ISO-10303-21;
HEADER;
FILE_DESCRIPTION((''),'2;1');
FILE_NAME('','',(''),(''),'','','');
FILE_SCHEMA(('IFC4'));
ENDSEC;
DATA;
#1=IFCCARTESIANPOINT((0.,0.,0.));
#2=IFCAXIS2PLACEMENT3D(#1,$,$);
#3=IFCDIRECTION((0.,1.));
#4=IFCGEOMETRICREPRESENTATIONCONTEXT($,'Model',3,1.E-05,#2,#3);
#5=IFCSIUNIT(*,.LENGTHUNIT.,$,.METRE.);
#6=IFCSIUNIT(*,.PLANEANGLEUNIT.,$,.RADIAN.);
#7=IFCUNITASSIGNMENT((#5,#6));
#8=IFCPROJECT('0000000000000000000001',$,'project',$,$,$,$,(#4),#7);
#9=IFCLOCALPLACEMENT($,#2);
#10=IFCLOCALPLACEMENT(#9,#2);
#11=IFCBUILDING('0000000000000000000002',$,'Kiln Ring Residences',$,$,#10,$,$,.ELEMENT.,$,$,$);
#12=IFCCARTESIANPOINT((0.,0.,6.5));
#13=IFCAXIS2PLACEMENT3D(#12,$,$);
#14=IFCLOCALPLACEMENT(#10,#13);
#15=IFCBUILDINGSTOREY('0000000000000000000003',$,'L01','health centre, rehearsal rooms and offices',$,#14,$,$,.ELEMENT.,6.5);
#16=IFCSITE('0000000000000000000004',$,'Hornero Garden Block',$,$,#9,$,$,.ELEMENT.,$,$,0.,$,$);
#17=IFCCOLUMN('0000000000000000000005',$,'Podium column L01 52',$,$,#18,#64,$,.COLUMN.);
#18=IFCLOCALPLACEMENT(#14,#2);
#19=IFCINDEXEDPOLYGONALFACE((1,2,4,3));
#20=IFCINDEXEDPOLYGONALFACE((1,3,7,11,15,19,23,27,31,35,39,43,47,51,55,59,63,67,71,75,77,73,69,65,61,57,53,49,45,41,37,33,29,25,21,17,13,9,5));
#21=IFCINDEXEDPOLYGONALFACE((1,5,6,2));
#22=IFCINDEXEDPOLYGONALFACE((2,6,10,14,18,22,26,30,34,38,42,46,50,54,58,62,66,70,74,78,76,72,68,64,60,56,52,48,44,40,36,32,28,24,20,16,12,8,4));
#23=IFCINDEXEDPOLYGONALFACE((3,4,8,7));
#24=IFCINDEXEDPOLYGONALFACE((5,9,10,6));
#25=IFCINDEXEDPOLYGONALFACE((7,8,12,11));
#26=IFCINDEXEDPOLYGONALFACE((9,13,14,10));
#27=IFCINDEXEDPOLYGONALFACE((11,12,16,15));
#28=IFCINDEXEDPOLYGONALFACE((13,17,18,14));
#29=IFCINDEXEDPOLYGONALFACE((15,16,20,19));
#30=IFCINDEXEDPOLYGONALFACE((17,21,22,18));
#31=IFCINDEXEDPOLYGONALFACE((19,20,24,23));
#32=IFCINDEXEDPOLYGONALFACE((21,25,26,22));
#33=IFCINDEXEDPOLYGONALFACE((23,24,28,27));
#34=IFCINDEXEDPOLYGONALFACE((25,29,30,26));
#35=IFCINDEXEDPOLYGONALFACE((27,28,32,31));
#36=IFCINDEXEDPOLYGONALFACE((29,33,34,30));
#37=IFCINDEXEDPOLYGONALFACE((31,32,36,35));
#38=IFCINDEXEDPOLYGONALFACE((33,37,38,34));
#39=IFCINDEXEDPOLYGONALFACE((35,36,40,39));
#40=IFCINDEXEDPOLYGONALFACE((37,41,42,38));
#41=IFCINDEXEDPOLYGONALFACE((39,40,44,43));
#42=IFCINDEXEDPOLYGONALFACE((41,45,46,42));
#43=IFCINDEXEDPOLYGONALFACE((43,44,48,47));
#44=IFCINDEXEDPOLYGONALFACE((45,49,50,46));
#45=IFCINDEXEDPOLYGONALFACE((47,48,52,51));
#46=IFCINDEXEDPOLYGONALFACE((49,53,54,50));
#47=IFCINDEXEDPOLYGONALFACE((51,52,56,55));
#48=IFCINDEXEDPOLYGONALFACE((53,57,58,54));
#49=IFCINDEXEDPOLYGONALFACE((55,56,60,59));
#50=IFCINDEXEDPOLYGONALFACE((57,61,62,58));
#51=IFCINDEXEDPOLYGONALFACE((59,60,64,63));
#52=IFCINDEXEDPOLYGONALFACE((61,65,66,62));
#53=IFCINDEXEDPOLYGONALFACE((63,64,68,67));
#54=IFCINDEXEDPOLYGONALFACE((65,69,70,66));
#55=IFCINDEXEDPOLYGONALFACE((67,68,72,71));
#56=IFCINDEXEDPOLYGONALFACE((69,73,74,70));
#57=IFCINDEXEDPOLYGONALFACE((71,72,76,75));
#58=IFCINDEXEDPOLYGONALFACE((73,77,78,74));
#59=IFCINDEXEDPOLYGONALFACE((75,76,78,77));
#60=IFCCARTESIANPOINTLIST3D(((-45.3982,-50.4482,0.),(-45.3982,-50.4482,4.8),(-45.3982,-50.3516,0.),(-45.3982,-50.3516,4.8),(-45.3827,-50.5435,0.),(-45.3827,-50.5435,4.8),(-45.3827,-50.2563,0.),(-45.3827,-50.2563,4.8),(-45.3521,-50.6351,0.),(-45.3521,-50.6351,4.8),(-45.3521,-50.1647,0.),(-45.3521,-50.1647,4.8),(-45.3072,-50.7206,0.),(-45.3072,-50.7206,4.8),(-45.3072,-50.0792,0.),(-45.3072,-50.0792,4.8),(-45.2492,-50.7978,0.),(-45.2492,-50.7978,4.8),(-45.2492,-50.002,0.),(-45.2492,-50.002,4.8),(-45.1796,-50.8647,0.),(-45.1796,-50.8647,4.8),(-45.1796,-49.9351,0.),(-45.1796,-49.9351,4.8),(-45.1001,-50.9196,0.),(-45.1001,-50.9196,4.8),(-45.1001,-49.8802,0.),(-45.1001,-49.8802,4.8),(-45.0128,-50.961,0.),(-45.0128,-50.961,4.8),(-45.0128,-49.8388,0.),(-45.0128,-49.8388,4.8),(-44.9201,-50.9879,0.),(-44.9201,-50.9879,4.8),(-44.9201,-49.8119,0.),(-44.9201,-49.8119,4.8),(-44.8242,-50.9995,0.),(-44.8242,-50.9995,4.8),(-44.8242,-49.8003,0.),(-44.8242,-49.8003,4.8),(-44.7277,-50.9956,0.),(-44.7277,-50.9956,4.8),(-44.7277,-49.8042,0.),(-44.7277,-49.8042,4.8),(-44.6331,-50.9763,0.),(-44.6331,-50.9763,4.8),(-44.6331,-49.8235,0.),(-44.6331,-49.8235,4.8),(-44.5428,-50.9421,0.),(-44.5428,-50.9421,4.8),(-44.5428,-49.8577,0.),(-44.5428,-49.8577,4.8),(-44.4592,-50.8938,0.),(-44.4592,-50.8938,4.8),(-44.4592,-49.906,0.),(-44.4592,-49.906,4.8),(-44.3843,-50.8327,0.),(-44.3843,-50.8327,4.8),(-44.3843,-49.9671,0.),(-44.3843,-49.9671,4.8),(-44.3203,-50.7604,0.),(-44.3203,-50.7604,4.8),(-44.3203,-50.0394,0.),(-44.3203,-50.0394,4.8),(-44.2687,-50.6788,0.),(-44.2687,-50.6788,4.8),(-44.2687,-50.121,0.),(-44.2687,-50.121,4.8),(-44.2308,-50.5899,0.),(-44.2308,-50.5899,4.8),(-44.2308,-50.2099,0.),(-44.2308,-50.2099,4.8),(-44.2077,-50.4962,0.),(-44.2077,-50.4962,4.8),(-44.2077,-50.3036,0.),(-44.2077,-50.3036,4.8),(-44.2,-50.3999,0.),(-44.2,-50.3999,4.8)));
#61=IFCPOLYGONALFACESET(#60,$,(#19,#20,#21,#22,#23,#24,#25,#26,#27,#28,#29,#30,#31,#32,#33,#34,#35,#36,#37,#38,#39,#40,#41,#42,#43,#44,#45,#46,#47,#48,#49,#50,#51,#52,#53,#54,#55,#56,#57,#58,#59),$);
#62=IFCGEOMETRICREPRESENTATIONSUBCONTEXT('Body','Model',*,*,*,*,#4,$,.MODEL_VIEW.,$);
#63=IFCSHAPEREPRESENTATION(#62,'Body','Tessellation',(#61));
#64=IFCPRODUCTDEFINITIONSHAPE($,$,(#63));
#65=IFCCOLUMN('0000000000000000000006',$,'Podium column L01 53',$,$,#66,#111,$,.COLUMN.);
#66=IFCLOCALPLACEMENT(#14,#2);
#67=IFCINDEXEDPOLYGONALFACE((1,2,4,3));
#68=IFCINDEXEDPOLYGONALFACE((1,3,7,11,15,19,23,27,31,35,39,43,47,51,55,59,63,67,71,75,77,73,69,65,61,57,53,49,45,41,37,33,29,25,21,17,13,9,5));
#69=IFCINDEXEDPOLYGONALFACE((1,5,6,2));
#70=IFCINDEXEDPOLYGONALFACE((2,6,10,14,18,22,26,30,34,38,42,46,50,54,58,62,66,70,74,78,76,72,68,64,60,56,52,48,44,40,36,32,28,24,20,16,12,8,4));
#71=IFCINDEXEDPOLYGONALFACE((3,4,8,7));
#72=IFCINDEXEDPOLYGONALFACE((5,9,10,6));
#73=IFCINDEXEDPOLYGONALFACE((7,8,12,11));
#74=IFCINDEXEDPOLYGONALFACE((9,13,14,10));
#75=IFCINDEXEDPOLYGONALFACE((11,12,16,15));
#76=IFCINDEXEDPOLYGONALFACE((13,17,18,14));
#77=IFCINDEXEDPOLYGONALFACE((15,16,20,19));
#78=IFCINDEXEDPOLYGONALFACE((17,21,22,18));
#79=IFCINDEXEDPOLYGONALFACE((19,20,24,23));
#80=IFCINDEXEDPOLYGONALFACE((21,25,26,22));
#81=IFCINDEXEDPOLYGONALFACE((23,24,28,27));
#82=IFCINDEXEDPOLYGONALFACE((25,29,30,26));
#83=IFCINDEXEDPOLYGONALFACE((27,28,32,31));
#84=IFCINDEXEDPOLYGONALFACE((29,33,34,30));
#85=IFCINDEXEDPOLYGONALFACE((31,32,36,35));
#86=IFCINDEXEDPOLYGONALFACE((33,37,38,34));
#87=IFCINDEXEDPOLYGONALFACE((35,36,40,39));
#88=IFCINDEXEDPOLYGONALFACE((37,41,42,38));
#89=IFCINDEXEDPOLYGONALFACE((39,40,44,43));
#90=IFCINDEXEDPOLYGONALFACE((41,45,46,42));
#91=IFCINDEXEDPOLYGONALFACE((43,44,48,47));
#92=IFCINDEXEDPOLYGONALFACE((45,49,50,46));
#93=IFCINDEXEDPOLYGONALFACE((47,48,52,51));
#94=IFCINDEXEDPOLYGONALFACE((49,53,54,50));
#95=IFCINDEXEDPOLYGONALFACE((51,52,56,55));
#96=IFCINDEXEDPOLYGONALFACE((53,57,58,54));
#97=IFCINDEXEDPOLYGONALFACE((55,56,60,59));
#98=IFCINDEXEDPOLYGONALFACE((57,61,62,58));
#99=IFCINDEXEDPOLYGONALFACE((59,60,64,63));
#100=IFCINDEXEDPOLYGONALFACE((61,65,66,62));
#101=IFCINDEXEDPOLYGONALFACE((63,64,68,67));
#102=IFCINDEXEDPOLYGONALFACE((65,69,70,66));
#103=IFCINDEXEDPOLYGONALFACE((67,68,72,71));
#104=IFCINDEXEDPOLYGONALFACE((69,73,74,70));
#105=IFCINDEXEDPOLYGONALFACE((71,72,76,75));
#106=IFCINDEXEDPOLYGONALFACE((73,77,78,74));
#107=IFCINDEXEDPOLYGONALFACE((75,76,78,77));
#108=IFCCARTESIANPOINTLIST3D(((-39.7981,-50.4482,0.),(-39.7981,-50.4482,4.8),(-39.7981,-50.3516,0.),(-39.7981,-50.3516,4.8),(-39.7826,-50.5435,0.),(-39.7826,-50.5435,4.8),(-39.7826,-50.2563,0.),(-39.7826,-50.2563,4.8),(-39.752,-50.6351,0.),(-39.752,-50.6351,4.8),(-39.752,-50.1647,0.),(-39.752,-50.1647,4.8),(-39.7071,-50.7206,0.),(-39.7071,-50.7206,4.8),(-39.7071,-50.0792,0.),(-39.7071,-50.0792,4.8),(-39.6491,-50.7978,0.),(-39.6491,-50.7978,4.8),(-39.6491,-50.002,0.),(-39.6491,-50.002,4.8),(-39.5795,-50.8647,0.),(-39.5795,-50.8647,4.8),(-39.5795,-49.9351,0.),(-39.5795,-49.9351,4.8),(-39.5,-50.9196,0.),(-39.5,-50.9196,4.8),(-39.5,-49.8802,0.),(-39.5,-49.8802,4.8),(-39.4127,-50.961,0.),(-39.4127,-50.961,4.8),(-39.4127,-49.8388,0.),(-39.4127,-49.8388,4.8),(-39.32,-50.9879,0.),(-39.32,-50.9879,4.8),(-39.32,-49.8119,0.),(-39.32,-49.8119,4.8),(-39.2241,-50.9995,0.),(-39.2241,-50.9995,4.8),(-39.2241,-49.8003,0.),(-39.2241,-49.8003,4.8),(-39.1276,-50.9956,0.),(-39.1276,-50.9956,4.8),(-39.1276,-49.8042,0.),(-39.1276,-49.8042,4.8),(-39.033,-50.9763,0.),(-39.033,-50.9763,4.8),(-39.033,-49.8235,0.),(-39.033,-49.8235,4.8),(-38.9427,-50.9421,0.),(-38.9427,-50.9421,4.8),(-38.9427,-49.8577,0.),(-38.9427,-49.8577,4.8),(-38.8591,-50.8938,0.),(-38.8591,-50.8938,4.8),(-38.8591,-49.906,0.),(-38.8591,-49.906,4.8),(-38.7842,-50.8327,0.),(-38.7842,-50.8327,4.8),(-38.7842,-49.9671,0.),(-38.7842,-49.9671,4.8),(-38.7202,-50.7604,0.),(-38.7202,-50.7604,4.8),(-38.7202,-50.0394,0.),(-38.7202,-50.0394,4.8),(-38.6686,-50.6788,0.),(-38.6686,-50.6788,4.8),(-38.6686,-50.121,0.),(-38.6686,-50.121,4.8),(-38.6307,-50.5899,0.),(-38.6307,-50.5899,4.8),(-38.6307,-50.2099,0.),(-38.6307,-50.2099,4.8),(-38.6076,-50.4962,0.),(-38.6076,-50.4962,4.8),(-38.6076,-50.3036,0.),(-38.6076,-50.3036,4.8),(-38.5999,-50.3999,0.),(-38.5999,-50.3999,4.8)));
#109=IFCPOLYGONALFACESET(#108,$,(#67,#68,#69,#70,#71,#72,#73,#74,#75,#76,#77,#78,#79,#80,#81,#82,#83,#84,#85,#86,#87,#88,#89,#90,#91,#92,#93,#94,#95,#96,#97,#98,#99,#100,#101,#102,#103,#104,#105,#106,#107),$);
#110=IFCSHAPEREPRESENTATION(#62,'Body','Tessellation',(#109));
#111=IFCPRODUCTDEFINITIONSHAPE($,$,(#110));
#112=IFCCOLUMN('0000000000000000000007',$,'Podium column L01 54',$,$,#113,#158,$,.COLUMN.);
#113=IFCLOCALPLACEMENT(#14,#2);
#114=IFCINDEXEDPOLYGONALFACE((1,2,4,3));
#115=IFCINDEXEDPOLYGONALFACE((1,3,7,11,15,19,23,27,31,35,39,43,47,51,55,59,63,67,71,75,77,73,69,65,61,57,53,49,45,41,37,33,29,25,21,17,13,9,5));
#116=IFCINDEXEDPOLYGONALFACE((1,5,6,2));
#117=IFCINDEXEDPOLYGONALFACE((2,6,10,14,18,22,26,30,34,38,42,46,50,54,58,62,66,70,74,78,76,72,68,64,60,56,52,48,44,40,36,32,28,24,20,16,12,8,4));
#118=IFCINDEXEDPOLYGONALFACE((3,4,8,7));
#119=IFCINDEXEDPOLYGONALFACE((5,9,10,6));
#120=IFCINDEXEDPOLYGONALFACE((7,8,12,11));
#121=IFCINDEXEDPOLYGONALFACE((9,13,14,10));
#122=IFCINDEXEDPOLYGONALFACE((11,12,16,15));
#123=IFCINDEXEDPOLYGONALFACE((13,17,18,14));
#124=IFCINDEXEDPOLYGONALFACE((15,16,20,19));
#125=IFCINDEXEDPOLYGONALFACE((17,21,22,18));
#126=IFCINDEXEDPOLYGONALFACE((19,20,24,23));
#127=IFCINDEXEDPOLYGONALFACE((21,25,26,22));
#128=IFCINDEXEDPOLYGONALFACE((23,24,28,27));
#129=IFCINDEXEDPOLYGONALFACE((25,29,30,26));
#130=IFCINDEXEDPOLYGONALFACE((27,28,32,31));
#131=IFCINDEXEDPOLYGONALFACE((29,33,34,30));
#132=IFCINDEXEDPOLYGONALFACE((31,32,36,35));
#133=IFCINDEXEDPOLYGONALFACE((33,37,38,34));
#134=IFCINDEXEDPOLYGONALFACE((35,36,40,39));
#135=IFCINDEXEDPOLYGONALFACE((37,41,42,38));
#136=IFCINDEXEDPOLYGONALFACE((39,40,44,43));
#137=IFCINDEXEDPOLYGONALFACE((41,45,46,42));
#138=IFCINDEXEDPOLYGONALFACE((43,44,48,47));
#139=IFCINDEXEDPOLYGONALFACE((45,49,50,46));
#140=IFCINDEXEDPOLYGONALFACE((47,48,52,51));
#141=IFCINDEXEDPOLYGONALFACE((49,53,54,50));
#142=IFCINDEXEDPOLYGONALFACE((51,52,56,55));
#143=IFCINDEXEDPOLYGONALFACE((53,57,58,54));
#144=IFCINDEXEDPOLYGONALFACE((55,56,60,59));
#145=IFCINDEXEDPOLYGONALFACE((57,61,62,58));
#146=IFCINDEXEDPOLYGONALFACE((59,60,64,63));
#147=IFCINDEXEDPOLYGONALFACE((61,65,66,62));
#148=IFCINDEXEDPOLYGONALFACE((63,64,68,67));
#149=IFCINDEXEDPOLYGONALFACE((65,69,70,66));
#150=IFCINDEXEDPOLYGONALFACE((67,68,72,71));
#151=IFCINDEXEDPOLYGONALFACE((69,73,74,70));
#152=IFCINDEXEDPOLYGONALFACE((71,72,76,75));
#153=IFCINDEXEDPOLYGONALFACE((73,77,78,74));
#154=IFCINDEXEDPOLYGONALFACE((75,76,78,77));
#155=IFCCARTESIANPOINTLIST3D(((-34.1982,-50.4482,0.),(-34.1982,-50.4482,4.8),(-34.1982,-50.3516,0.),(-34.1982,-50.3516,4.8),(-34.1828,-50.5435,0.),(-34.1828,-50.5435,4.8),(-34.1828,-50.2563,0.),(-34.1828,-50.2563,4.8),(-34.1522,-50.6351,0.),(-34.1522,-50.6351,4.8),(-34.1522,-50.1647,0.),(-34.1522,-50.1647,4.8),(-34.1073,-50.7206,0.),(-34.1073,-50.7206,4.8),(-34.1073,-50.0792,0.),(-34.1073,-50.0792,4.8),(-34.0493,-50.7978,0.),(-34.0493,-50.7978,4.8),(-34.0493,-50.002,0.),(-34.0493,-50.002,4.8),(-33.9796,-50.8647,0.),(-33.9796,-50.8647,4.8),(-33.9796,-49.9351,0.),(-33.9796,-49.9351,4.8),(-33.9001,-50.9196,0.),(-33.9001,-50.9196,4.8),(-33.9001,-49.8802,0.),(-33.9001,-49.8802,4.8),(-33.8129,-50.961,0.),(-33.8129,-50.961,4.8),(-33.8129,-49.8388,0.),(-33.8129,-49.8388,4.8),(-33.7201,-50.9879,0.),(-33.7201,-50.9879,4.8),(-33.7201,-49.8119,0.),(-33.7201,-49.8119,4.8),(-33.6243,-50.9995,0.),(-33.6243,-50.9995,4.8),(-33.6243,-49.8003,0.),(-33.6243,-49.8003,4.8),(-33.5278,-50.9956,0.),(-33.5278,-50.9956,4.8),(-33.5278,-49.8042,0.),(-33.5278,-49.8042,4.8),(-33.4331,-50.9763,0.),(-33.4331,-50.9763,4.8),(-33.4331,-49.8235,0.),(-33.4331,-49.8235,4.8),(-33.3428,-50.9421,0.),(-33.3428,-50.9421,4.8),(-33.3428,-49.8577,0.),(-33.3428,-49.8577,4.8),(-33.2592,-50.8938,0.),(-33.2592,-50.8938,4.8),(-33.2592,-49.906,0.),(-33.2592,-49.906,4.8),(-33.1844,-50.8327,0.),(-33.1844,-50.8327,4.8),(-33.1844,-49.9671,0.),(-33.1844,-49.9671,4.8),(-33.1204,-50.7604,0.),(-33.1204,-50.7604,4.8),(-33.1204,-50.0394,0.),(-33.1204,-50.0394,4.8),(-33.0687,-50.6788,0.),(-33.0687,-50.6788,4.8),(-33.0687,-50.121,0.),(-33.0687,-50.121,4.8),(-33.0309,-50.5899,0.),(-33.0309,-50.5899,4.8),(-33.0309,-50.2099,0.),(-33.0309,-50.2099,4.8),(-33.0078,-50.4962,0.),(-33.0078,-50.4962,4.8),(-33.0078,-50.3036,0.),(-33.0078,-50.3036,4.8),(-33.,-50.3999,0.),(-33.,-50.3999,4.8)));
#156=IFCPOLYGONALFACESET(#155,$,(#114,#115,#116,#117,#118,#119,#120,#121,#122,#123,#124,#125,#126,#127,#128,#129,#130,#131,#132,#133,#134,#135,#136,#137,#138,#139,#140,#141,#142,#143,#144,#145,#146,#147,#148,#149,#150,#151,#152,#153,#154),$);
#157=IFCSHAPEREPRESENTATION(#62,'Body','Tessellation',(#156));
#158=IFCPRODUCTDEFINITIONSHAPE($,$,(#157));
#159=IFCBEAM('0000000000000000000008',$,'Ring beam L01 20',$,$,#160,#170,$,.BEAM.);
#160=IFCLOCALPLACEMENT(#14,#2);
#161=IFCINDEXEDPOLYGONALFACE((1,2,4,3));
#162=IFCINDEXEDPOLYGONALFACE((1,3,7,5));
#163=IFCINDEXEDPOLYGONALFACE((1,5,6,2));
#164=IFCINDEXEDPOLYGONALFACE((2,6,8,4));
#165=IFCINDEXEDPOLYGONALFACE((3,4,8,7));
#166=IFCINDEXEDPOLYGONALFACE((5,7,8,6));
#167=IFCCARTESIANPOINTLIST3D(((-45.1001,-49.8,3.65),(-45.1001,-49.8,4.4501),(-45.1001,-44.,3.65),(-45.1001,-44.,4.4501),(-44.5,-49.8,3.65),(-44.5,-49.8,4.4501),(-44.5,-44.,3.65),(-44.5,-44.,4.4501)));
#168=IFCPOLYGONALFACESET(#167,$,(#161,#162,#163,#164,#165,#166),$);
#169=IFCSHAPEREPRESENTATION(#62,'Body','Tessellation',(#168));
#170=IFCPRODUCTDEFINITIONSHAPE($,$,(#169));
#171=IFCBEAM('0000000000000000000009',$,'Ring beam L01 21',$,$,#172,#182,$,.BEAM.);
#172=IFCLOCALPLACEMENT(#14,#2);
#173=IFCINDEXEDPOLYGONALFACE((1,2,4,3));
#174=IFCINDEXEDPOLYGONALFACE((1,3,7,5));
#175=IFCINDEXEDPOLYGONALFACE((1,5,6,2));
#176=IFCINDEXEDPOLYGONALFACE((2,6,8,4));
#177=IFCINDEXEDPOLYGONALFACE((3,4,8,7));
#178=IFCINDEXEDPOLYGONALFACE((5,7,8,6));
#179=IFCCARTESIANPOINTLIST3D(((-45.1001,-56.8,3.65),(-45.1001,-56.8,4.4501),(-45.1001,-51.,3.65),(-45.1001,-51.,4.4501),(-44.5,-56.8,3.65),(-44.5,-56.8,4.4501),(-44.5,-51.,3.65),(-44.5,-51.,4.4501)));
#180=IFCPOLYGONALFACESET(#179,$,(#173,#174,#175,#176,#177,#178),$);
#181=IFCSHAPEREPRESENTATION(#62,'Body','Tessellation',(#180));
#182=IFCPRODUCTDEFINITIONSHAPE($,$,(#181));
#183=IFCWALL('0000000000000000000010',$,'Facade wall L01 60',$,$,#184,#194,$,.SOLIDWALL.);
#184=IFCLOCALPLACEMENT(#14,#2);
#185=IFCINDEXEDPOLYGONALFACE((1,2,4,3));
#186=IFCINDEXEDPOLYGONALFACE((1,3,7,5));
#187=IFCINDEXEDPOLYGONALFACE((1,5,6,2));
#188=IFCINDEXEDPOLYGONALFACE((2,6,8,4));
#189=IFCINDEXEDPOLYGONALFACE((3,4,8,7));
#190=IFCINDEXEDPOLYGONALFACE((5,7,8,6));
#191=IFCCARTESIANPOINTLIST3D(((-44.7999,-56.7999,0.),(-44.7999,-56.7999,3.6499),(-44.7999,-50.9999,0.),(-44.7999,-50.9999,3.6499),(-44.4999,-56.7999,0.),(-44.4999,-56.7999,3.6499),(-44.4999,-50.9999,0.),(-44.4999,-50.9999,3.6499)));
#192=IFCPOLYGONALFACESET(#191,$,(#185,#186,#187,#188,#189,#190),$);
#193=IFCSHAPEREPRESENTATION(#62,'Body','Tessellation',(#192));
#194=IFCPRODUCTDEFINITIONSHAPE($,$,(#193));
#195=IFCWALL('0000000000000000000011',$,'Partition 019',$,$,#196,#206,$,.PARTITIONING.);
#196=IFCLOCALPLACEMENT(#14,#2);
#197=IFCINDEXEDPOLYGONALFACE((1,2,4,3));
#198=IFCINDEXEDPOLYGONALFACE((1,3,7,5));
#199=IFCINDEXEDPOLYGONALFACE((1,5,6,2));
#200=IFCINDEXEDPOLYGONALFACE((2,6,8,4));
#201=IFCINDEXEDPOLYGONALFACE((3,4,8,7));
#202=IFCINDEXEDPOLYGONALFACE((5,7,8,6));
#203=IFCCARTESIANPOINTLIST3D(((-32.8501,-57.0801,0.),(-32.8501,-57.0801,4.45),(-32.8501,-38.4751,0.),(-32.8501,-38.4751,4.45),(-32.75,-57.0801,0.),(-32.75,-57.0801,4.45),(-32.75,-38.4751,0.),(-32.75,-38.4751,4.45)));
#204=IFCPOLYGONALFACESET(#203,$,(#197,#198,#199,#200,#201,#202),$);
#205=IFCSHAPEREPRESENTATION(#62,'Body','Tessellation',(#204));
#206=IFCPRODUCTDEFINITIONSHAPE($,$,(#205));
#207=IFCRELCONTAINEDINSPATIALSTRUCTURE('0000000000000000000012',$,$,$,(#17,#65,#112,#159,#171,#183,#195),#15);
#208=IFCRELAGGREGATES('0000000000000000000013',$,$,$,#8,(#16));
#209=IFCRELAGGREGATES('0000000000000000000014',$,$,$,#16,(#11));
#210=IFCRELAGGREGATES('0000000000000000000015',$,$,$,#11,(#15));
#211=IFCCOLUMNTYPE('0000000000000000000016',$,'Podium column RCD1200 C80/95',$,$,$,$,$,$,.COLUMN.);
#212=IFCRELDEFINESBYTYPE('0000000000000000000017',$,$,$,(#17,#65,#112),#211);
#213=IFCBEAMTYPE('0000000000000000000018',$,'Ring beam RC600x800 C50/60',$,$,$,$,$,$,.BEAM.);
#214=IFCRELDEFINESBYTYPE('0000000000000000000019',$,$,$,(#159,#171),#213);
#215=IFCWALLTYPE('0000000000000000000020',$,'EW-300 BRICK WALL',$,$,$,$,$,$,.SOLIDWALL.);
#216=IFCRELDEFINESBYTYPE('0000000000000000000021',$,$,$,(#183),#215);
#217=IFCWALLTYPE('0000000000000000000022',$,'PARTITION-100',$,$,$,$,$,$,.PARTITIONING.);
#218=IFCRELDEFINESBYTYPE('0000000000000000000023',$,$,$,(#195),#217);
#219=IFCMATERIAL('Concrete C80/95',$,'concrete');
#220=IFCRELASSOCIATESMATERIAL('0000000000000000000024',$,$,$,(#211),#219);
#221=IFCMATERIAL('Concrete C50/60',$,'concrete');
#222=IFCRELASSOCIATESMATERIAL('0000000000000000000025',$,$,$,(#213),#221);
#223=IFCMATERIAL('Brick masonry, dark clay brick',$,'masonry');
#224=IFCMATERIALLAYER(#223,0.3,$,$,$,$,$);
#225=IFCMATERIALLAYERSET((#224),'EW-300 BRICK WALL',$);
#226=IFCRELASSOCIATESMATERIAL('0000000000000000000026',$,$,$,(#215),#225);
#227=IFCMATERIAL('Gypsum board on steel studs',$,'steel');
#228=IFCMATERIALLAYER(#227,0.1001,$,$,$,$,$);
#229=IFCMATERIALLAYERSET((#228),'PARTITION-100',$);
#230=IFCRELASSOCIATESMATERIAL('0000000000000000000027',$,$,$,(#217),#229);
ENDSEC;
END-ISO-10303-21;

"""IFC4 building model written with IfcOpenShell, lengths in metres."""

from ifc_helpers import new_model, si_unit, direction, frame, frame_2d, origin, origin_2d, place, context, subcontext, project, spatial, rectangle, circle, extrude, material, layer, layer_set, material_profile, profile_set, type_object, element, save


model = new_model("IFC4")

# Units and contexts
model_context = context("Model", 3, precision=1e-05, world=origin(), true_north=direction((0.0, 1.0)))
body_context = subcontext(model_context, "Body", "Model", "MODEL_VIEW")
ifc_project = project(units=[si_unit("LENGTHUNIT", "METRE"), si_unit("PLANEANGLEUNIT", "RADIAN")], contexts=[model_context])

# Site, building, storey
site_placement = place(None, origin())
site = spatial("IfcSite", under=ifc_project, at=site_placement, Name="Hornero Garden Block", CompositionType="ELEMENT", RefElevation=0.0)
building_placement = place(site_placement, origin())
building = spatial("IfcBuilding", under=site, at=building_placement, Name="Kiln Ring Residences", CompositionType="ELEMENT")
storey_placement = place(building_placement, frame((0.0, 0.0, 6.5)))
storey = spatial("IfcBuildingStorey", under=building, at=storey_placement, Name="L01", Description="health centre, rehearsal rooms and offices", CompositionType="ELEMENT", Elevation=6.5)

# Columns
ifc_material_1 = material(Name="Concrete C80/95", Category="concrete")
ifc_material_profile_1 = material_profile(ifc_material_1, circle(Radius=0.6001, at=origin_2d()), Name="RCD1200")
ifc_profile_set_1 = profile_set([ifc_material_profile_1], Name="Concrete C80/95")
column_type = type_object("IfcColumnType", Name="Podium column RCD1200 C80/95", PredefinedType="COLUMN", material=ifc_profile_set_1)
for number, where, z_axis, x_axis, name in (
    (1, (-44.8, -50.3999, 0.0), (0.0, 0.0, 1.0), (1.0, 0.0, 0.0), "Podium column L01 52"),
    (2, (-39.2, -50.3999, 0.0), (0.0, 0.0, 1.0), (1.0, 0.0, 0.0), "Podium column L01 53"),
    (3, (-33.6001, -50.3999, 0.0), (0.0, 0.0, 1.0), (1.0, 0.0, 0.0), "Podium column L01 54"),
):
    element("IfcColumn", number, at=place(storey_placement, frame(where, z_axis=z_axis, x_axis=x_axis)), inside=storey, type_object=column_type, Name=name, PredefinedType="COLUMN", context=body_context, shape_type="SweptSolid", body=[
        extrude(circle(Radius=0.6001, at=origin_2d()), origin(), (0.0, 0.0, 1.0), 4.8),
    ])

# Beams
ifc_material_2 = material(Name="Concrete C50/60", Category="concrete")
ifc_material_profile_2 = material_profile(ifc_material_2, rectangle(XDim=0.6001, YDim=0.8, at=origin_2d()), Name="RC600x800")
ifc_profile_set_2 = profile_set([ifc_material_profile_2], Name="Concrete C50/60")
beam_type = type_object("IfcBeamType", Name="Ring beam RC600x800 C50/60", PredefinedType="BEAM", material=ifc_profile_set_2)
for number, where, z_axis, x_axis, name in (
    (4, (-44.8, -44.0, 4.05), (0.0, -1.0, 0.0), (1.0, 0.0, 0.0), "Ring beam L01 20"),
    (5, (-44.8, -51.0, 4.05), (0.0, -1.0, 0.0), (1.0, 0.0, 0.0), "Ring beam L01 21"),
):
    element("IfcBeam", number, at=place(storey_placement, frame(where, z_axis=z_axis, x_axis=x_axis)), inside=storey, type_object=beam_type, Name=name, PredefinedType="BEAM", context=body_context, shape_type="SweptSolid", body=[
        extrude(rectangle(XDim=0.6001, YDim=0.8, at=origin_2d()), origin(), (0.0, 0.0, 1.0), 5.8),
    ])

# Walls
ifc_material_3 = material(Name="Brick masonry, dark clay brick", Category="masonry")
ifc_layer_1 = layer(ifc_material_3, 0.3)
ifc_layer_set_1 = layer_set([ifc_layer_1], Name="EW-300 BRICK WALL")
wall_type_1 = type_object("IfcWallType", Name="EW-300 BRICK WALL", PredefinedType="SOLIDWALL", material=ifc_layer_set_1)
wall_1_placement = place(storey_placement, frame((-44.6499, -51.0, 0.0), z_axis=(0.0, 0.0, 1.0), x_axis=(0.0, -1.0, 0.0)))
element("IfcWall", 6, at=wall_1_placement, inside=storey, type_object=wall_type_1, Name="Facade wall L01 60", PredefinedType="SOLIDWALL", context=body_context, shape_type="SweptSolid", body=[
    extrude(rectangle(XDim=5.8, YDim=0.3, at=frame_2d((2.8999, 0.0))), origin(), (0.0, 0.0, 1.0), 3.6499),
])
ifc_material_4 = material(Name="Gypsum board on steel studs", Category="steel")
ifc_layer_2 = layer(ifc_material_4, 0.1001)
ifc_layer_set_2 = layer_set([ifc_layer_2], Name="PARTITION-100")
wall_type_2 = type_object("IfcWallType", Name="PARTITION-100", PredefinedType="PARTITIONING", material=ifc_layer_set_2)
wall_2_placement = place(storey_placement, frame((-32.8, -57.0801, 0.0), z_axis=(0.0, 0.0, 1.0), x_axis=(0.0, 1.0, 0.0)))
element("IfcWall", 7, at=wall_2_placement, inside=storey, type_object=wall_type_2, Name="Partition 019", PredefinedType="PARTITIONING", context=body_context, shape_type="SweptSolid", body=[
    extrude(rectangle(XDim=18.605, YDim=0.1001, at=frame_2d((9.3025, 0.0))), origin(), (0.0, 0.0, 1.0), 4.45),
])

save(model, "model.ifc")
